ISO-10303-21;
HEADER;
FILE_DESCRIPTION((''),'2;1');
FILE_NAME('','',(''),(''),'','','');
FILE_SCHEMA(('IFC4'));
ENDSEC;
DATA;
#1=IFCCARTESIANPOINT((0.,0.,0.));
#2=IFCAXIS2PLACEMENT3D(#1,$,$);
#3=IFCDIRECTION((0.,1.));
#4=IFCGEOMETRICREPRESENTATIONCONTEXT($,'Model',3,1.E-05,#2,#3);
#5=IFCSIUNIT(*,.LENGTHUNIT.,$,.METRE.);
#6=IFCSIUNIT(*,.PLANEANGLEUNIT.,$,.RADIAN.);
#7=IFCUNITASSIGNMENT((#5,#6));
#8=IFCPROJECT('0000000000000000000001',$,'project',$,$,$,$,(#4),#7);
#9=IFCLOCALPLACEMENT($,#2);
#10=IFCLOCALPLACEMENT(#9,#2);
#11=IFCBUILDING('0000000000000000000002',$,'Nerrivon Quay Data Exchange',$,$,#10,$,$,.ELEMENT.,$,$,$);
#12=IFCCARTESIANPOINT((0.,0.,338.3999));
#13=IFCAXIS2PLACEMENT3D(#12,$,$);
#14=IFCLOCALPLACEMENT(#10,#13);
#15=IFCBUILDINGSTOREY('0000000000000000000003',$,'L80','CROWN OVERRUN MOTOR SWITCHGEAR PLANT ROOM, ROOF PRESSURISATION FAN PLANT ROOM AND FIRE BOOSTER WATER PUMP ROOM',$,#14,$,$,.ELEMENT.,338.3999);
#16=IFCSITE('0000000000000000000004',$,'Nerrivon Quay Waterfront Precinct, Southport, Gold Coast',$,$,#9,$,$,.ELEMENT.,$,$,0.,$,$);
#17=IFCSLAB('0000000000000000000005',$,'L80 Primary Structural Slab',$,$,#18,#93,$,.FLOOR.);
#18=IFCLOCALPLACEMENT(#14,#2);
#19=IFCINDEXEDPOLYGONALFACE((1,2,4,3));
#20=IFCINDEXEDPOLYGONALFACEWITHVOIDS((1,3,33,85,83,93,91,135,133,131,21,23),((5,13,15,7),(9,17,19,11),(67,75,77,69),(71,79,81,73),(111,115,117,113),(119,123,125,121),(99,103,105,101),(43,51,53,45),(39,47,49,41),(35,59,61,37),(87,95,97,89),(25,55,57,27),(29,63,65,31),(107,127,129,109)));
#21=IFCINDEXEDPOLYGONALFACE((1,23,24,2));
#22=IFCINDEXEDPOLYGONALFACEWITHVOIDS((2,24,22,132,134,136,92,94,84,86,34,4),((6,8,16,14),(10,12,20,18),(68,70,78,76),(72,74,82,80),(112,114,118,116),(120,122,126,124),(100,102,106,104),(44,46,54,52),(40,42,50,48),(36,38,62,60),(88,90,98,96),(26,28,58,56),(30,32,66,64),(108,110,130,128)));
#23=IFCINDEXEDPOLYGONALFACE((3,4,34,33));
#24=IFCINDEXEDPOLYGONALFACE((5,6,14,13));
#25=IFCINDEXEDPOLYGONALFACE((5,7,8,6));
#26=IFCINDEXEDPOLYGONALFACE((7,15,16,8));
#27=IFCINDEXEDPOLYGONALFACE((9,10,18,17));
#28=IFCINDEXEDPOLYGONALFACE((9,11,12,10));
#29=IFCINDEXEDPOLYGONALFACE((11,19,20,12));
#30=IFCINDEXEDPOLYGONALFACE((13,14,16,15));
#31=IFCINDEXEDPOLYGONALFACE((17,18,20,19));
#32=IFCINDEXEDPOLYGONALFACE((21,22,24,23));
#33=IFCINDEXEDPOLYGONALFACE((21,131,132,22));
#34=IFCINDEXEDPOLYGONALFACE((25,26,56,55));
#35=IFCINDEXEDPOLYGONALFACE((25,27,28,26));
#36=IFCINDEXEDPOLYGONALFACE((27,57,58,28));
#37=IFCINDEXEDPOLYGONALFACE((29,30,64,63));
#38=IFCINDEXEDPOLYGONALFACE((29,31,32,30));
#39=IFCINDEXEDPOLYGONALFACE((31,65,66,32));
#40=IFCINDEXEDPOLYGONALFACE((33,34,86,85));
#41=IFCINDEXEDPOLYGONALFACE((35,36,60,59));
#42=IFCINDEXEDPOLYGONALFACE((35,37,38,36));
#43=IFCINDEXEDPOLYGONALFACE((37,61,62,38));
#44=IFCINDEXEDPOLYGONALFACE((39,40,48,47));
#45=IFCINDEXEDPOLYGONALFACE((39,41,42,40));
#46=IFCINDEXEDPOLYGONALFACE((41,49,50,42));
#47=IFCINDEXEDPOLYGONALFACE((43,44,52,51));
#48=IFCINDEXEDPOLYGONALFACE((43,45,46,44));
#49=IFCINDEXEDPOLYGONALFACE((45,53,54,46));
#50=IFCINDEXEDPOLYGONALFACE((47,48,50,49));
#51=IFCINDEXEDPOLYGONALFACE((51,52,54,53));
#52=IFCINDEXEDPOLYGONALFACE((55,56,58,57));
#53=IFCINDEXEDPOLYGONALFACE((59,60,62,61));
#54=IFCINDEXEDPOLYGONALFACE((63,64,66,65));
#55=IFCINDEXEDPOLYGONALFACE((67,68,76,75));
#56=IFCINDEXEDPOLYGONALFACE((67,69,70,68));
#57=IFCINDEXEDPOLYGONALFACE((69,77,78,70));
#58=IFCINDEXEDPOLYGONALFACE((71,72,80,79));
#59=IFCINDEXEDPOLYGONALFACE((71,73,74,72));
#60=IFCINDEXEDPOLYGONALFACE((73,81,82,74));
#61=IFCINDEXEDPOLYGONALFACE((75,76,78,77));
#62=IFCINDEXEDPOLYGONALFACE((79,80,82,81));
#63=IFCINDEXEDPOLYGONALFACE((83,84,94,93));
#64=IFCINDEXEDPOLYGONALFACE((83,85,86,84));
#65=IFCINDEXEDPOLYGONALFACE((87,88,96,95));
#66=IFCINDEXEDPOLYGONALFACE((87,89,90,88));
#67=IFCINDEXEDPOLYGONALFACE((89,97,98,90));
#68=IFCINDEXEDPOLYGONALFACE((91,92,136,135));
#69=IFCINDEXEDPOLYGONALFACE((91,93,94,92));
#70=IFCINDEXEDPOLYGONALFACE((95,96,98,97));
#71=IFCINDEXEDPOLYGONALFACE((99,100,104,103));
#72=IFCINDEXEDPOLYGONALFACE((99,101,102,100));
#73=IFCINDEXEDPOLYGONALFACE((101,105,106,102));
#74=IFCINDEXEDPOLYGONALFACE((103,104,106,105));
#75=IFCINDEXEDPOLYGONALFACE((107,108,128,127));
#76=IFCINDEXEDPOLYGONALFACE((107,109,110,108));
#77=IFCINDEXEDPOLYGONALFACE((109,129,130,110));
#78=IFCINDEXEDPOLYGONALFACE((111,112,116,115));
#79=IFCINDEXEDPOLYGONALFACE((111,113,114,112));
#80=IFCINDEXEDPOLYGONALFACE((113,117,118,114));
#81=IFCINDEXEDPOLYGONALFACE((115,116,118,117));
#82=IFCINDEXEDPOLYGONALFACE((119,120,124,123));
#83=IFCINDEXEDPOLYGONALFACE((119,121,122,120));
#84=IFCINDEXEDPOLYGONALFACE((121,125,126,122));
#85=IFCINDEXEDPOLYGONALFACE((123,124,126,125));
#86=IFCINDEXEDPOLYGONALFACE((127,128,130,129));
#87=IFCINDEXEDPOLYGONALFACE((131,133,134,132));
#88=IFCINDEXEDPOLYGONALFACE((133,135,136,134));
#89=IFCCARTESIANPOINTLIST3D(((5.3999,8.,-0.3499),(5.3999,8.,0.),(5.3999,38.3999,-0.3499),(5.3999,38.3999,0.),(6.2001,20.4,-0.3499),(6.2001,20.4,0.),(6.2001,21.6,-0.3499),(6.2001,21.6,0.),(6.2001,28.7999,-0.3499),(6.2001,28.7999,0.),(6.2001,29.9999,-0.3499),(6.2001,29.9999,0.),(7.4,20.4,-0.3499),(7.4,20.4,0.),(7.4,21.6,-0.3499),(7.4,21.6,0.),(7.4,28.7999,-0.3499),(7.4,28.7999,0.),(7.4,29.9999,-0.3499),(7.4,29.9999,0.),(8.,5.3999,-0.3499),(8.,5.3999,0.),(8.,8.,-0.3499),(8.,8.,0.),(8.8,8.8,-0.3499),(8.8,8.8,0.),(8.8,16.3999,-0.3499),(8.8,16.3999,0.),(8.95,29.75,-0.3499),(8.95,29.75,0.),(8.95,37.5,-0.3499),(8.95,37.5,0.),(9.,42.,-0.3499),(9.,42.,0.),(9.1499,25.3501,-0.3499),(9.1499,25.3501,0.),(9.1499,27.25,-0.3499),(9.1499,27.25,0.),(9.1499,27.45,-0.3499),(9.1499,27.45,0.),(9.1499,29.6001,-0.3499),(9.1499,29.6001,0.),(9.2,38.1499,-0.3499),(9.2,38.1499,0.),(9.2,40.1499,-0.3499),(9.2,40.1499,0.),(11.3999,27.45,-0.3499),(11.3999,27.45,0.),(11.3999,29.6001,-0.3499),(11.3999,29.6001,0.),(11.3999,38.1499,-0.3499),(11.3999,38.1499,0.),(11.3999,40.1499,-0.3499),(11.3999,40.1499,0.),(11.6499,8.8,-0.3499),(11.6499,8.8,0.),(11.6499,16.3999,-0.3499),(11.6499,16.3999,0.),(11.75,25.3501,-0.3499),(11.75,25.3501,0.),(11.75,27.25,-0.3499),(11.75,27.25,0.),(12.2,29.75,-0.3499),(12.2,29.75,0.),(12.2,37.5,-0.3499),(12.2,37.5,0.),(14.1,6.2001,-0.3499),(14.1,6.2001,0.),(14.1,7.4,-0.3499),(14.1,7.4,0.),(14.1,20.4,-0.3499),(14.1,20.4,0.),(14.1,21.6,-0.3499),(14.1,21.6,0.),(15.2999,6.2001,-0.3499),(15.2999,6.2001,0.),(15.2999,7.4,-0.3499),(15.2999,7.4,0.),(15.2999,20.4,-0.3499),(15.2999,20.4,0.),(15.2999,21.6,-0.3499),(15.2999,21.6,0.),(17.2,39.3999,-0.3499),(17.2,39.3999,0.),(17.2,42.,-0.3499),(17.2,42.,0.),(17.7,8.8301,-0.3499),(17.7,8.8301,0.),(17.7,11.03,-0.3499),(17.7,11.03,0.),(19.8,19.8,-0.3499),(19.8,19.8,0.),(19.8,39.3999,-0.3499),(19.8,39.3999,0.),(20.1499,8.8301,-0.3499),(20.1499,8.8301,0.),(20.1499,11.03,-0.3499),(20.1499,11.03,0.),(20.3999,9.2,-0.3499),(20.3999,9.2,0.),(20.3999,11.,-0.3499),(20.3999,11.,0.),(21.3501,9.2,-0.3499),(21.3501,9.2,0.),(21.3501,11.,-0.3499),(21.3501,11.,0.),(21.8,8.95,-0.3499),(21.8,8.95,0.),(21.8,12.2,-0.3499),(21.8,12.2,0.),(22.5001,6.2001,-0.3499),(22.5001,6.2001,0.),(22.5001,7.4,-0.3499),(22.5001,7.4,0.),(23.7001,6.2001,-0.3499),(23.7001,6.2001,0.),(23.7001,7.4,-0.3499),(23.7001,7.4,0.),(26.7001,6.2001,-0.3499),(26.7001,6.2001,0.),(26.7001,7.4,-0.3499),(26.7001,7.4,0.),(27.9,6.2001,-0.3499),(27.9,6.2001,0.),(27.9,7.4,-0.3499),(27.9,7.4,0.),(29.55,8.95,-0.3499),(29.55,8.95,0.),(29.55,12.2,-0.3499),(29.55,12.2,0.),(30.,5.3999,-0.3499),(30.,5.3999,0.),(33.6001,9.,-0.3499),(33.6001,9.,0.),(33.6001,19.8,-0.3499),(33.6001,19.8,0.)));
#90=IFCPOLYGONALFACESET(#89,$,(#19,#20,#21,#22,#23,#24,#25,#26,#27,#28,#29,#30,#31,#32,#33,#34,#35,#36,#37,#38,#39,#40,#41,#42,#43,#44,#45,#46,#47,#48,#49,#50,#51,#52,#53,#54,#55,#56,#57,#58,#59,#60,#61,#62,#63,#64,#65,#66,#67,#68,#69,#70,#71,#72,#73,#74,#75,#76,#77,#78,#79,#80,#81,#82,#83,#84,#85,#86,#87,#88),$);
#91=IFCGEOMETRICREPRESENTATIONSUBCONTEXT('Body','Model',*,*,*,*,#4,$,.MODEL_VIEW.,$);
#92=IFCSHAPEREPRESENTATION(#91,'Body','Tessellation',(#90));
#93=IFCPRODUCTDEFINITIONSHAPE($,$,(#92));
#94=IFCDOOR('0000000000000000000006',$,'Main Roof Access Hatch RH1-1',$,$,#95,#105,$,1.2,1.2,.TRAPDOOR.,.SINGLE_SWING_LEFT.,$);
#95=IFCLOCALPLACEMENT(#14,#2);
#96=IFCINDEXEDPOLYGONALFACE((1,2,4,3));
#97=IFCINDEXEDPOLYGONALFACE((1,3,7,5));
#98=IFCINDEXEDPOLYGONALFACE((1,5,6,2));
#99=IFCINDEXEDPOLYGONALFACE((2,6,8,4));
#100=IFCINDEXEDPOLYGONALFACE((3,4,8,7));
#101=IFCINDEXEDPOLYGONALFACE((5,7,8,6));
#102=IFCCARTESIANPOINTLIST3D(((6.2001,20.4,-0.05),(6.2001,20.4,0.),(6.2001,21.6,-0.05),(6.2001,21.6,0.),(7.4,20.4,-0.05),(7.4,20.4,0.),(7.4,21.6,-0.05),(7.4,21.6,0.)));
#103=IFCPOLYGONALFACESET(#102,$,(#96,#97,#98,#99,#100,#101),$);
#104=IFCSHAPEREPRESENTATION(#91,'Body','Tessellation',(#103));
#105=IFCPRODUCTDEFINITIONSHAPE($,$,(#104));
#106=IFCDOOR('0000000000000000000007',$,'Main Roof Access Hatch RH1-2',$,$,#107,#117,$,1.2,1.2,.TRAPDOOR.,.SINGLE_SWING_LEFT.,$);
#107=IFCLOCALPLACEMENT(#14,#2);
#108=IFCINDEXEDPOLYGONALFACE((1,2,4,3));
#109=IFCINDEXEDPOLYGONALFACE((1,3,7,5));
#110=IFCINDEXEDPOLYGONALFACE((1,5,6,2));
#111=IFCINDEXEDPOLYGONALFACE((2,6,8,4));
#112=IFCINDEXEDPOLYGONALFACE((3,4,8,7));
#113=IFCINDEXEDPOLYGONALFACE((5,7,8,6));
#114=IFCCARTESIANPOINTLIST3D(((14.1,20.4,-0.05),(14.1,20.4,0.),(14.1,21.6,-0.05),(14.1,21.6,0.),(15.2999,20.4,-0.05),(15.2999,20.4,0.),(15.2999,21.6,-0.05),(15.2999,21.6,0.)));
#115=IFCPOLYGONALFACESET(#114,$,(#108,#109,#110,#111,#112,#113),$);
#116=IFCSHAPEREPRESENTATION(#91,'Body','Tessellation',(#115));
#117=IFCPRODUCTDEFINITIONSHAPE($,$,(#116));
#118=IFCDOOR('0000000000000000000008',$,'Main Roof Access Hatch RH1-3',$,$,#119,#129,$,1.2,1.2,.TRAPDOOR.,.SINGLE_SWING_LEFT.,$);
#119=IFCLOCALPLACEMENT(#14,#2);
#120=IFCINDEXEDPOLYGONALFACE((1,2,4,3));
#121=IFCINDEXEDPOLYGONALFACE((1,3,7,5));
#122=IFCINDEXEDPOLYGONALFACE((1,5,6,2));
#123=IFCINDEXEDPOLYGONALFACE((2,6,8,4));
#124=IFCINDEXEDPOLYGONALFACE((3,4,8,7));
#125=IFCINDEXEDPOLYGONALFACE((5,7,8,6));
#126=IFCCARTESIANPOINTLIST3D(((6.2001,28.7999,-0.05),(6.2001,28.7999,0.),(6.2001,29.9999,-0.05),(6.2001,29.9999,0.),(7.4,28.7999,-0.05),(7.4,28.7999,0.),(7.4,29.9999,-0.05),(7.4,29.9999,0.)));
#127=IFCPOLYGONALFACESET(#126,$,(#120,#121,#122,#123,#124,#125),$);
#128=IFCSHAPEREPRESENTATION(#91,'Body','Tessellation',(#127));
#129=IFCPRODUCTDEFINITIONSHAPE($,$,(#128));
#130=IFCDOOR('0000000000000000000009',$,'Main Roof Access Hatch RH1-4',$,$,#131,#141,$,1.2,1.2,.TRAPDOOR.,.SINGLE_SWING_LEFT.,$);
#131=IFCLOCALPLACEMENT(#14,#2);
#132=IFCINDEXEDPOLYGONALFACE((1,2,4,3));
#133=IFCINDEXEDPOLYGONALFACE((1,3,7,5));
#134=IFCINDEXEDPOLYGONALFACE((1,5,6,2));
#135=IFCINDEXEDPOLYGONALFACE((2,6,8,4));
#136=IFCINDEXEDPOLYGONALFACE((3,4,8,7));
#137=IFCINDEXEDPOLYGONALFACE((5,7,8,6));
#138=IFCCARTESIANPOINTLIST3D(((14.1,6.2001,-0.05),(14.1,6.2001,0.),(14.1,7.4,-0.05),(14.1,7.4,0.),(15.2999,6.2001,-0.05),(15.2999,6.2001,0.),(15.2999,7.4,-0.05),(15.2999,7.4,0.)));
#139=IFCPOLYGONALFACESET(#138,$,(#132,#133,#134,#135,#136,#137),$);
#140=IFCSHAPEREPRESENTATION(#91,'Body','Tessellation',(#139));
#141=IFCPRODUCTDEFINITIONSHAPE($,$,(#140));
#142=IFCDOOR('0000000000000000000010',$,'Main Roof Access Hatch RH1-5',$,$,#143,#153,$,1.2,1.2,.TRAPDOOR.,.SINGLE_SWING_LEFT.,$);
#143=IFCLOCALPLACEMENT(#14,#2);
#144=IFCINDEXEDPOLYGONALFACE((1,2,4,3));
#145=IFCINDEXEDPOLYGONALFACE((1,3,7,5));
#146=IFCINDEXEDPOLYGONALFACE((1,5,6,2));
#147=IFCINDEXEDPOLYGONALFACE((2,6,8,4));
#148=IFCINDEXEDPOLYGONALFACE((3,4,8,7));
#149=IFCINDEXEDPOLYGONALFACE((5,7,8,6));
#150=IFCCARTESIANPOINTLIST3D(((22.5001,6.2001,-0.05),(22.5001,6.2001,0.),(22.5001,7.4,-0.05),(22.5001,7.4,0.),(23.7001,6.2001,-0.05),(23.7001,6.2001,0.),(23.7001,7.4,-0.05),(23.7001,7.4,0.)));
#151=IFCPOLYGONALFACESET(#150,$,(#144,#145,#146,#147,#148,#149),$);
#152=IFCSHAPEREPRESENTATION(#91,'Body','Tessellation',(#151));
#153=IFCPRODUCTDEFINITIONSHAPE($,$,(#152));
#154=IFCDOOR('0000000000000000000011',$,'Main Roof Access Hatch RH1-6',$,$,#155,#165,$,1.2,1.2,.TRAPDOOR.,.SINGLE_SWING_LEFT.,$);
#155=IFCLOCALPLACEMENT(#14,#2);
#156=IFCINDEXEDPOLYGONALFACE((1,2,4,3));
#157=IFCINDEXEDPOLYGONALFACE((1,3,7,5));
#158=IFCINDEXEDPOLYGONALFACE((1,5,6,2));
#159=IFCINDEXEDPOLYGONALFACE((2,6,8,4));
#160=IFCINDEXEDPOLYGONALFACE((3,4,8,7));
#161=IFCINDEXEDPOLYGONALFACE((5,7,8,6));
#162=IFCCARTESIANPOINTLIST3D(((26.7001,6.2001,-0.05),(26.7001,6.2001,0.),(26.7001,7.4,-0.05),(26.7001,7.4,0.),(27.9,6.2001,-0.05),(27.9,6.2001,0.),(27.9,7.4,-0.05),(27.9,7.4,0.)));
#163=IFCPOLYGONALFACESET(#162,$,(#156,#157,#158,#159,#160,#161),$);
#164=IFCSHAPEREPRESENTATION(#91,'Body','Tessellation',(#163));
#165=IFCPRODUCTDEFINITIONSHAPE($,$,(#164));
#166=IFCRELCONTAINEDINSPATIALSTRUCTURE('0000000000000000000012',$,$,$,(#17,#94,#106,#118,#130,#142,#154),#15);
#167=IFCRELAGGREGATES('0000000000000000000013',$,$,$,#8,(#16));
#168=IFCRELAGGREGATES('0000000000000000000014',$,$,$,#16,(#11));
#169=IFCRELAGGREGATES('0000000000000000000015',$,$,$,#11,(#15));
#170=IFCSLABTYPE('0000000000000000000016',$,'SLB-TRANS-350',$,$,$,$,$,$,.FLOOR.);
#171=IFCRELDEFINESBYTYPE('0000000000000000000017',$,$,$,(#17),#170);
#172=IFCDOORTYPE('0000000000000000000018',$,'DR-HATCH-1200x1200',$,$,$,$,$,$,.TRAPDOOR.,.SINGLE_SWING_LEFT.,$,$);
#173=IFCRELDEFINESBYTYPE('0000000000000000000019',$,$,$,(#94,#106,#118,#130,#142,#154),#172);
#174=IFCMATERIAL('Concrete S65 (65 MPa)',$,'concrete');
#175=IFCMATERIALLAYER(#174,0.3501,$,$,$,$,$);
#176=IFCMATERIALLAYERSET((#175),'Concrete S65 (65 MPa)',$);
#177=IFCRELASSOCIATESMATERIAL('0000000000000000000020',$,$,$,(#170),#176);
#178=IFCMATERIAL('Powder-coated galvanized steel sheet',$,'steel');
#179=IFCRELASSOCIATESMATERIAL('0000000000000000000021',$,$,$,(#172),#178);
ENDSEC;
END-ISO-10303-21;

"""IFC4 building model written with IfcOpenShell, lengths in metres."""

from ifc_helpers import new_model, si_unit, direction, frame, origin, origin_2d, place, context, subcontext, project, spatial, polyline, rectangle, outline, extrude, material, layer, layer_set, type_object, element, fill, save


model = new_model("IFC4")

# Units and contexts
model_context = context("Model", 3, precision=1e-05, world=origin(), true_north=direction((0.0, 1.0)))
body_context = subcontext(model_context, "Body", "Model", "MODEL_VIEW")
ifc_project = project(units=[si_unit("LENGTHUNIT", "METRE"), si_unit("PLANEANGLEUNIT", "RADIAN")], contexts=[model_context])

# Site, building, storey
site_placement = place(None, origin())
site = spatial("IfcSite", under=ifc_project, at=site_placement, Name="Nerrivon Quay Waterfront Precinct, Southport, Gold Coast", CompositionType="ELEMENT", RefElevation=0.0)
building_placement = place(site_placement, origin())
building = spatial("IfcBuilding", under=site, at=building_placement, Name="Nerrivon Quay Data Exchange", CompositionType="ELEMENT")
storey_placement = place(building_placement, frame((0.0, 0.0, 338.3999)))
storey = spatial("IfcBuildingStorey", under=building, at=storey_placement, Name="L80", Description="CROWN OVERRUN MOTOR SWITCHGEAR PLANT ROOM, ROOF PRESSURISATION FAN PLANT ROOM AND FIRE BOOSTER WATER PUMP ROOM", CompositionType="ELEMENT", Elevation=338.3999)

# Slab, openings, doors
ifc_material_1 = material(Name="Concrete S65 (65 MPa)", Category="concrete")
ifc_layer_1 = layer(ifc_material_1, 0.3501)
ifc_layer_set_1 = layer_set([ifc_layer_1], Name="Concrete S65 (65 MPa)")
slab_type_1 = type_object("IfcSlabType", Name="SLB-TRANS-350", PredefinedType="FLOOR", material=ifc_layer_set_1)
slab_1_placement = place(storey_placement, frame((0.0, 0.0, -0.3499)))
slab_1 = element("IfcSlab", 1, at=slab_1_placement, inside=storey, type_object=slab_type_1, Name="L80 Primary Structural Slab", PredefinedType="FLOOR", context=body_context, shape_type="SweptSolid", body=[
    extrude(outline(polyline([(33.6001, 19.8), (19.8, 19.8), (19.8, 39.3999), (17.2, 39.3999), (17.2, 42.0), (9.0, 42.0), (5.3999, 38.3999), (5.3999, 8.0), (8.0, 8.0), (8.0, 5.3999), (30.0, 5.3999), (33.6001, 9.0), (33.6001, 19.8)]), holes=[polyline([(8.95, 29.75), (8.95, 37.5), (12.2, 37.5), (12.2, 29.75), (8.95, 29.75)]), polyline([(21.8, 12.2), (29.55, 12.2), (29.55, 8.95), (21.8, 8.95), (21.8, 12.2)]), polyline([(8.8, 8.8), (8.8, 16.3999), (11.6499, 16.3999), (11.6499, 8.8), (8.8, 8.8)]), polyline([(21.3501, 9.2), (20.3999, 9.2), (20.3999, 11.0), (21.3501, 11.0), (21.3501, 9.2)]), polyline([(20.1499, 8.8301), (17.7, 8.8301), (17.7, 11.03), (20.1499, 11.03), (20.1499, 8.8301)]), polyline([(11.75, 25.3501), (9.1499, 25.3501), (9.1499, 27.25), (11.75, 27.25), (11.75, 25.3501)]), polyline([(9.1499, 27.45), (9.1499, 29.6001), (11.3999, 29.6001), (11.3999, 27.45), (9.1499, 27.45)]), polyline([(9.2, 38.1499), (9.2, 40.1499), (11.3999, 40.1499), (11.3999, 38.1499), (9.2, 38.1499)])]), origin(), (0.0, 0.0, 1.0), 0.3499),
])
opening_1_placement = place(slab_1_placement, frame((6.8, 21.0, -0.01)))
opening_1 = element("IfcOpeningElement", 2, at=opening_1_placement, cuts=slab_1, PredefinedType="OPENING", context=body_context, shape_type="SweptSolid", body=[
    extrude(rectangle(XDim=1.2, YDim=1.2, at=origin_2d()), origin(), (0.0, 0.0, 1.0), 0.3699),
])
opening_2_placement = place(slab_1_placement, frame((14.7, 21.0, -0.01)))
opening_2 = element("IfcOpeningElement", 3, at=opening_2_placement, cuts=slab_1, PredefinedType="OPENING", context=body_context, shape_type="SweptSolid", body=[
    extrude(rectangle(XDim=1.2, YDim=1.2, at=origin_2d()), origin(), (0.0, 0.0, 1.0), 0.3699),
])
opening_3_placement = place(slab_1_placement, frame((6.8, 29.3999, -0.01)))
opening_3 = element("IfcOpeningElement", 4, at=opening_3_placement, cuts=slab_1, PredefinedType="OPENING", context=body_context, shape_type="SweptSolid", body=[
    extrude(rectangle(XDim=1.2, YDim=1.2, at=origin_2d()), origin(), (0.0, 0.0, 1.0), 0.3699),
])
opening_4_placement = place(slab_1_placement, frame((14.7, 6.8, -0.01)))
opening_4 = element("IfcOpeningElement", 5, at=opening_4_placement, cuts=slab_1, PredefinedType="OPENING", context=body_context, shape_type="SweptSolid", body=[
    extrude(rectangle(XDim=1.2, YDim=1.2, at=origin_2d()), origin(), (0.0, 0.0, 1.0), 0.3699),
])
opening_5_placement = place(slab_1_placement, frame((23.1001, 6.8, -0.01)))
opening_5 = element("IfcOpeningElement", 6, at=opening_5_placement, cuts=slab_1, PredefinedType="OPENING", context=body_context, shape_type="SweptSolid", body=[
    extrude(rectangle(XDim=1.2, YDim=1.2, at=origin_2d()), origin(), (0.0, 0.0, 1.0), 0.3699),
])
opening_6_placement = place(slab_1_placement, frame((27.3, 6.8, -0.01)))
opening_6 = element("IfcOpeningElement", 7, at=opening_6_placement, cuts=slab_1, PredefinedType="OPENING", context=body_context, shape_type="SweptSolid", body=[
    extrude(rectangle(XDim=1.2, YDim=1.2, at=origin_2d()), origin(), (0.0, 0.0, 1.0), 0.3699),
])
ifc_material_2 = material(Name="Powder-coated galvanized steel sheet", Category="steel")
door_type = type_object("IfcDoorType", Name="DR-HATCH-1200x1200", OperationType="SINGLE_SWING_LEFT", PredefinedType="TRAPDOOR", material=ifc_material_2)
door_1_placement = place(opening_1_placement, frame((0.0, 0.0, 0.3098)))
door_1 = element("IfcDoor", 8, at=door_1_placement, inside=storey, type_object=door_type, Name="Main Roof Access Hatch RH1-1", OperationType="SINGLE_SWING_LEFT", OverallHeight=1.2, OverallWidth=1.2, PredefinedType="TRAPDOOR", context=body_context, shape_type="SweptSolid", body=[
    extrude(rectangle(XDim=1.2, YDim=1.2, at=origin_2d()), origin(), (0.0, 0.0, 1.0), 0.05),
])
fill(opening_1, door_1)
door_2_placement = place(opening_2_placement, frame((0.0, 0.0, 0.3098)))
door_2 = element("IfcDoor", 9, at=door_2_placement, inside=storey, type_object=door_type, Name="Main Roof Access Hatch RH1-2", OperationType="SINGLE_SWING_LEFT", OverallHeight=1.2, OverallWidth=1.2, PredefinedType="TRAPDOOR", context=body_context, shape_type="SweptSolid", body=[
    extrude(rectangle(XDim=1.2, YDim=1.2, at=origin_2d()), origin(), (0.0, 0.0, 1.0), 0.05),
])
fill(opening_2, door_2)
door_3_placement = place(opening_3_placement, frame((0.0, 0.0, 0.3098)))
door_3 = element("IfcDoor", 10, at=door_3_placement, inside=storey, type_object=door_type, Name="Main Roof Access Hatch RH1-3", OperationType="SINGLE_SWING_LEFT", OverallHeight=1.2, OverallWidth=1.2, PredefinedType="TRAPDOOR", context=body_context, shape_type="SweptSolid", body=[
    extrude(rectangle(XDim=1.2, YDim=1.2, at=origin_2d()), origin(), (0.0, 0.0, 1.0), 0.05),
])
fill(opening_3, door_3)
door_4_placement = place(opening_4_placement, frame((0.0, 0.0, 0.3098)))
door_4 = element("IfcDoor", 11, at=door_4_placement, inside=storey, type_object=door_type, Name="Main Roof Access Hatch RH1-4", OperationType="SINGLE_SWING_LEFT", OverallHeight=1.2, OverallWidth=1.2, PredefinedType="TRAPDOOR", context=body_context, shape_type="SweptSolid", body=[
    extrude(rectangle(XDim=1.2, YDim=1.2, at=origin_2d()), origin(), (0.0, 0.0, 1.0), 0.05),
])
fill(opening_4, door_4)
door_5_placement = place(opening_5_placement, frame((0.0, 0.0, 0.3098)))
door_5 = element("IfcDoor", 12, at=door_5_placement, inside=storey, type_object=door_type, Name="Main Roof Access Hatch RH1-5", OperationType="SINGLE_SWING_LEFT", OverallHeight=1.2, OverallWidth=1.2, PredefinedType="TRAPDOOR", context=body_context, shape_type="SweptSolid", body=[
    extrude(rectangle(XDim=1.2, YDim=1.2, at=origin_2d()), origin(), (0.0, 0.0, 1.0), 0.05),
])
fill(opening_5, door_5)
door_6_placement = place(opening_6_placement, frame((0.0, 0.0, 0.3098)))
door_6 = element("IfcDoor", 13, at=door_6_placement, inside=storey, type_object=door_type, Name="Main Roof Access Hatch RH1-6", OperationType="SINGLE_SWING_LEFT", OverallHeight=1.2, OverallWidth=1.2, PredefinedType="TRAPDOOR", context=body_context, shape_type="SweptSolid", body=[
    extrude(rectangle(XDim=1.2, YDim=1.2, at=origin_2d()), origin(), (0.0, 0.0, 1.0), 0.05),
])
fill(opening_6, door_6)

save(model, "model.ifc")
